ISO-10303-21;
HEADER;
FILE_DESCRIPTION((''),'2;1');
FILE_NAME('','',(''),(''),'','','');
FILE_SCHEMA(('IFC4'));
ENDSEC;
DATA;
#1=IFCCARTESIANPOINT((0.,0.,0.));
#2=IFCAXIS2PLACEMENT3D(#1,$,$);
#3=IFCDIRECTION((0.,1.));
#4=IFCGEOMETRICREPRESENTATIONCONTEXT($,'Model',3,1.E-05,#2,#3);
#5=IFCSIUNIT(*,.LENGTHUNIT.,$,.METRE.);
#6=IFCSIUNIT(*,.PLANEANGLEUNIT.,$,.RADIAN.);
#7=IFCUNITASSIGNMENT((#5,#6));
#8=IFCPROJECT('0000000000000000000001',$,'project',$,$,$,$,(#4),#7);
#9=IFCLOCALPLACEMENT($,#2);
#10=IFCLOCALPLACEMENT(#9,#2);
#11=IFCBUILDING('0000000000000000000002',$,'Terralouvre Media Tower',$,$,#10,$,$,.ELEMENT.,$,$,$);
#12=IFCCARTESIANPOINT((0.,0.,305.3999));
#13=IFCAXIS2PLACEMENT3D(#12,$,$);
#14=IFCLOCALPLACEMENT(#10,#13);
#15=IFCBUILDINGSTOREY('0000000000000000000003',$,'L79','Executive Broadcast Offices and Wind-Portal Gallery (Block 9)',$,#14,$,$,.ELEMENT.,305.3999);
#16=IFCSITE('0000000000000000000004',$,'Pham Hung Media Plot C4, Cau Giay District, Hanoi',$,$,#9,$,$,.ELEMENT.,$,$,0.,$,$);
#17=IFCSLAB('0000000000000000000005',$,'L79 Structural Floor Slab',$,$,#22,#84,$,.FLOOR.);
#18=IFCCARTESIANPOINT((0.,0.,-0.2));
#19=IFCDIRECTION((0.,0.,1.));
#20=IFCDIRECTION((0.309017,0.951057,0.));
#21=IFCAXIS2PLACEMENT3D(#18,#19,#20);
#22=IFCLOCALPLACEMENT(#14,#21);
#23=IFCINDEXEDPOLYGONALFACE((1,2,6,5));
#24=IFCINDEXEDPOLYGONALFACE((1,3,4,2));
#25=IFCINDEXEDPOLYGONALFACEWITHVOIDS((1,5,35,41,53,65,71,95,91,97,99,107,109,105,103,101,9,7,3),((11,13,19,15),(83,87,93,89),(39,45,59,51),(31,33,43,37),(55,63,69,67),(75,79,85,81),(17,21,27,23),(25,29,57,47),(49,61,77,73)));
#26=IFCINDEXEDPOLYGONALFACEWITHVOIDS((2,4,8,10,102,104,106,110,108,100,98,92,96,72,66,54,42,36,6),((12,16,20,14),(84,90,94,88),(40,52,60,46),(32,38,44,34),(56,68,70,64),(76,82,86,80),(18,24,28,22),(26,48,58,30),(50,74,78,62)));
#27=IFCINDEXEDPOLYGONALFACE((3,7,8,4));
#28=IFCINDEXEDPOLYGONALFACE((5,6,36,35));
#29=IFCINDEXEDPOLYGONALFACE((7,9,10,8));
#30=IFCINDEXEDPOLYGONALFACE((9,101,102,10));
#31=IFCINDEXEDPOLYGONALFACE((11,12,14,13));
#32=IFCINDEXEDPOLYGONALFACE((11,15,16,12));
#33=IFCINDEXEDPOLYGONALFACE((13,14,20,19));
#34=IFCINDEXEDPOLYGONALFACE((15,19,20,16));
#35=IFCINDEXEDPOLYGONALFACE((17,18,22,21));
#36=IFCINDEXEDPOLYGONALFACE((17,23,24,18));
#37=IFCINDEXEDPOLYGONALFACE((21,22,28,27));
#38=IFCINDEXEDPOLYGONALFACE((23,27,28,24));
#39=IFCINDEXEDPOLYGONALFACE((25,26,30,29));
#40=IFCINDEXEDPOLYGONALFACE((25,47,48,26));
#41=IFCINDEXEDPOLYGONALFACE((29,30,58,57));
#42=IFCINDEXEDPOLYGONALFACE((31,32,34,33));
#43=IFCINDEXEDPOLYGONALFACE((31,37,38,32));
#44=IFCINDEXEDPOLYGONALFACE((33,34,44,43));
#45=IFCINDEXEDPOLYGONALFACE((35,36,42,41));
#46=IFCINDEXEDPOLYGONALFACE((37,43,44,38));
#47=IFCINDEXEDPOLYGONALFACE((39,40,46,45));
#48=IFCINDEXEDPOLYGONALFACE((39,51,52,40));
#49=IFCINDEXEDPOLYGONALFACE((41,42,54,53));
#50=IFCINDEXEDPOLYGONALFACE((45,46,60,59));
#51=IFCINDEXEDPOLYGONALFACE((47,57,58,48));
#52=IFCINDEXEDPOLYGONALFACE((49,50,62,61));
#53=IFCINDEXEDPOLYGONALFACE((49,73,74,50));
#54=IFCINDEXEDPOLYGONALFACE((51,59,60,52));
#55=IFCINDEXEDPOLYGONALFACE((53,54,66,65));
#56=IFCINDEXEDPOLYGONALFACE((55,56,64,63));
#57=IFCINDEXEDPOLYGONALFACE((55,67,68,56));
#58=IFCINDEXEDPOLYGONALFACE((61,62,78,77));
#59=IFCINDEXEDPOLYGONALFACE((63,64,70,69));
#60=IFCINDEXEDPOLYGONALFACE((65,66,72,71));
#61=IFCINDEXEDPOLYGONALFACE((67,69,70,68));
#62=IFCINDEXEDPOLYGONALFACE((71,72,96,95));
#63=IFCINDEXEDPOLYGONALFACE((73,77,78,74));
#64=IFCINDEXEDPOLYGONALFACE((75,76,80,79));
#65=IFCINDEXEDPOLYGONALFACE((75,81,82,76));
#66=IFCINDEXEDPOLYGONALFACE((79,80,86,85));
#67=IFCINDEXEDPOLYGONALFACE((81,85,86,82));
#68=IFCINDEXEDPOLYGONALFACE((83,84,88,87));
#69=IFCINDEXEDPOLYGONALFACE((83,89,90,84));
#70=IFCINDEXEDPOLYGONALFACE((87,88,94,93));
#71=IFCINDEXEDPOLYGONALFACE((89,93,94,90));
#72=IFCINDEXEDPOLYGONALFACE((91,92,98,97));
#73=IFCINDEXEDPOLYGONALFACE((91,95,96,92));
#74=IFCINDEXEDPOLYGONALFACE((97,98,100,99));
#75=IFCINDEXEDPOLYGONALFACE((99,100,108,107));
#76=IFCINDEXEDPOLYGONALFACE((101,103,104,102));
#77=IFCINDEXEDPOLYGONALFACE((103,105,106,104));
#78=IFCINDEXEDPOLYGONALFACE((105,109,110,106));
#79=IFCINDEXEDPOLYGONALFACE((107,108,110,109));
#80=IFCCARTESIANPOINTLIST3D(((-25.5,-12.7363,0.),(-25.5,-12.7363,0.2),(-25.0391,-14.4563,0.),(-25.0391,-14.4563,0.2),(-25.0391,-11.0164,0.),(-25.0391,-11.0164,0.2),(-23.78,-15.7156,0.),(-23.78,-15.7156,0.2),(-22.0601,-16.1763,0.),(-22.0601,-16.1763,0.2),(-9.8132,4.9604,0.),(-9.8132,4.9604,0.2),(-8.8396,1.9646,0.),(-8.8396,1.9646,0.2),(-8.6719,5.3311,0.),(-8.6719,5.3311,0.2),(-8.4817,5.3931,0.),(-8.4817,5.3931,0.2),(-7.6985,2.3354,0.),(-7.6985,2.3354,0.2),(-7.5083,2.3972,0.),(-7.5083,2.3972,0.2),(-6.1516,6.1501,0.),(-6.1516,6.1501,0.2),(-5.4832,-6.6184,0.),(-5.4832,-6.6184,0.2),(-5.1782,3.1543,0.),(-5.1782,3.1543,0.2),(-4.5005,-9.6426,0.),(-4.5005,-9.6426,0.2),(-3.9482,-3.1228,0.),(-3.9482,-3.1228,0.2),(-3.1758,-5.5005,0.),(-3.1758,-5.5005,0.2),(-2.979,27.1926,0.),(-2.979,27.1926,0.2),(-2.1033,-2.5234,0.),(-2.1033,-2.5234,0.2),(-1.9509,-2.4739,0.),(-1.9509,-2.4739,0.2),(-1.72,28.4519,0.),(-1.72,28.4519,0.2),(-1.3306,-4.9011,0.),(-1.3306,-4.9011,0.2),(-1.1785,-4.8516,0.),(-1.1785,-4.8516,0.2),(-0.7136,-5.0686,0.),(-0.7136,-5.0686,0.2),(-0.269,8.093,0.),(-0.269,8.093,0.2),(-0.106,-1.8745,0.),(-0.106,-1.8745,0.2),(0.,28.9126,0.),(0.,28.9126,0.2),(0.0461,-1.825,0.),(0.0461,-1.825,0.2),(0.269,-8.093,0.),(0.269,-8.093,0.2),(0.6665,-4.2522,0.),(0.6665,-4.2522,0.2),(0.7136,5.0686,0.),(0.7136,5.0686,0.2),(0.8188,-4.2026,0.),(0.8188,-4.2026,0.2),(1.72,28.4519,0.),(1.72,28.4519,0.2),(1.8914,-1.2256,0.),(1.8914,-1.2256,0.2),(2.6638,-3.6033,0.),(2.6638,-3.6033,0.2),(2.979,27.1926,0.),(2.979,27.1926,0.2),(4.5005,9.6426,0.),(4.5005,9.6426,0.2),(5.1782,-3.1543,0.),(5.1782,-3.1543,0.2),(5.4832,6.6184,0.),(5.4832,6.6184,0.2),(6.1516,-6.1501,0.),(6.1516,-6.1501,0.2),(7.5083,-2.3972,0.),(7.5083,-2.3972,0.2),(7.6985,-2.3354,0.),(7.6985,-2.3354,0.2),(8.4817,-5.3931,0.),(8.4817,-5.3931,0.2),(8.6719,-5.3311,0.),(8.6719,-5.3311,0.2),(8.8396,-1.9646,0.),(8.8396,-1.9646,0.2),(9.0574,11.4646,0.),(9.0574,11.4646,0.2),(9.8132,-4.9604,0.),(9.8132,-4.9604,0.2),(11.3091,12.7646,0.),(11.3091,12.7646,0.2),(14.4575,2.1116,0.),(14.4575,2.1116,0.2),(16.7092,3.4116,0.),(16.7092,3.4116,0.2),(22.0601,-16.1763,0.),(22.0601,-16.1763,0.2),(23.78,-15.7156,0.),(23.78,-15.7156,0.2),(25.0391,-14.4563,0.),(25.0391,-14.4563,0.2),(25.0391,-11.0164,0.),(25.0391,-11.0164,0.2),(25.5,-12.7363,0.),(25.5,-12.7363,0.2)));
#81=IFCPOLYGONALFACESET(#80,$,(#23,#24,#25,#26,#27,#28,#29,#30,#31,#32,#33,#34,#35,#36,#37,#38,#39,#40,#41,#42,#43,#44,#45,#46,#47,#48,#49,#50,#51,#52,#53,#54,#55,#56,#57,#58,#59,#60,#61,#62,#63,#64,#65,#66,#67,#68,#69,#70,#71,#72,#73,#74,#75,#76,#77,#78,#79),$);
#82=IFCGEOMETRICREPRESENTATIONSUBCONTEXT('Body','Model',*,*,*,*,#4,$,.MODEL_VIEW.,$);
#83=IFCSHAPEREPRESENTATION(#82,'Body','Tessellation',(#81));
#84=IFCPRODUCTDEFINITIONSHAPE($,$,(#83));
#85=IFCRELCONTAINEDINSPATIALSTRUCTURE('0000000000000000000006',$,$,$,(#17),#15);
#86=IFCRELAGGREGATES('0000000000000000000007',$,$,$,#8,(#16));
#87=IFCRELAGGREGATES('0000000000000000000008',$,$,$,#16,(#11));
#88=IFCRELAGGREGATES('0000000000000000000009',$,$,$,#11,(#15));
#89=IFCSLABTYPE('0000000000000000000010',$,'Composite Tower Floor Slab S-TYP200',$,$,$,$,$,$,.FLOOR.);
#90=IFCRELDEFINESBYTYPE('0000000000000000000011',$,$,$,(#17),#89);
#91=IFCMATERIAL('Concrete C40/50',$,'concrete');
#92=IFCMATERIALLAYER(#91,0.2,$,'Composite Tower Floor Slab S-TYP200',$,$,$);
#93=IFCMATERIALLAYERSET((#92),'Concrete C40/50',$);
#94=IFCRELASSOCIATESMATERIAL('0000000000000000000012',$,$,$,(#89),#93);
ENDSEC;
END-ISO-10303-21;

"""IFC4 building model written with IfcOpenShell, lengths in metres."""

from ifc_helpers import new_model, si_unit, direction, frame, origin, place, context, subcontext, project, spatial, polyline, outline, extrude, material, layer, layer_set, type_object, element, save


model = new_model("IFC4")

# Units and contexts
model_context = context("Model", 3, precision=1e-05, world=origin(), true_north=direction((0.0, 1.0)))
body_context = subcontext(model_context, "Body", "Model", "MODEL_VIEW")
ifc_project = project(units=[si_unit("LENGTHUNIT", "METRE"), si_unit("PLANEANGLEUNIT", "RADIAN")], contexts=[model_context])

# Site, building, storey
site_placement = place(None, origin())
site = spatial("IfcSite", under=ifc_project, at=site_placement, Name="Pham Hung Media Plot C4, Cau Giay District, Hanoi", CompositionType="ELEMENT", RefElevation=0.0)
building_placement = place(site_placement, origin())
building = spatial("IfcBuilding", under=site, at=building_placement, Name="Terralouvre Media Tower", CompositionType="ELEMENT")
storey_placement = place(building_placement, frame((0.0, 0.0, 305.3999)))
storey = spatial("IfcBuildingStorey", under=building, at=storey_placement, Name="L79", Description="Executive Broadcast Offices and Wind-Portal Gallery (Block 9)", CompositionType="ELEMENT", Elevation=305.3999)

# Slab
ifc_material_1 = material(Name="Concrete C40/50", Category="concrete")
ifc_layer_1 = layer(ifc_material_1, 0.2, Name="Composite Tower Floor Slab S-TYP200")
ifc_layer_set_1 = layer_set([ifc_layer_1], Name="Concrete C40/50")
slab_type = type_object("IfcSlabType", Name="Composite Tower Floor Slab S-TYP200", PredefinedType="FLOOR", material=ifc_layer_set_1)
slab_placement = place(storey_placement, frame((0.0, 0.0, -0.2), z_axis=(0.0, 0.0, 1.0), x_axis=(0.309017, 0.951057, 0.0)))
element("IfcSlab", 1, at=slab_placement, inside=storey, type_object=slab_type, Name="L79 Structural Floor Slab", PredefinedType="FLOOR", context=body_context, shape_type="SweptSolid", body=[
    extrude(outline(polyline([(25.0391, -11.0164), (16.7092, 3.4116), (14.4575, 2.1116), (9.0574, 11.4646), (11.3091, 12.7646), (2.979, 27.1926), (1.72, 28.4519), (0.0, 28.9126), (-1.72, 28.4519), (-2.979, 27.1926), (-25.0391, -11.0164), (-25.5, -12.7363), (-25.0391, -14.4563), (-23.78, -15.7156), (-22.0601, -16.1763), (22.0601, -16.1763), (23.78, -15.7156), (25.0391, -14.4563), (25.5, -12.7363), (25.0391, -11.0164)]), holes=[polyline([(-7.6985, 2.3354), (-8.8396, 1.9646), (-9.8132, 4.9604), (-8.6719, 5.3311), (-7.6985, 2.3354)]), polyline([(-5.1782, 3.1543), (-7.5083, 2.3972), (-8.4817, 5.3931), (-6.1516, 6.1501), (-5.1782, 3.1543)]), polyline([(-5.4832, -6.6184), (-0.7136, -5.0686), (0.269, -8.093), (-4.5005, -9.6426), (-5.4832, -6.6184)]), polyline([(-1.3306, -4.9011), (-3.1758, -5.5005), (-3.9482, -3.1228), (-2.1033, -2.5234), (-1.3306, -4.9011)]), polyline([(0.6665, -4.2522), (-1.1785, -4.8516), (-1.9509, -2.4739), (-0.106, -1.8745), (0.6665, -4.2522)]), polyline([(2.6638, -3.6033), (0.8188, -4.2026), (0.0461, -1.825), (1.8914, -1.2256), (2.6638, -3.6033)]), polyline([(5.4832, 6.6184), (0.7136, 5.0686), (-0.269, 8.093), (4.5005, 9.6426), (5.4832, 6.6184)]), polyline([(6.1516, -6.1501), (5.1782, -3.1543), (7.5083, -2.3972), (8.4817, -5.3931), (6.1516, -6.1501)]), polyline([(8.6719, -5.3311), (7.6985, -2.3354), (8.8396, -1.9646), (9.8132, -4.9604), (8.6719, -5.3311)])]), origin(), (0.0, 0.0, 1.0), 0.2),
])

save(model, "model.ifc")
